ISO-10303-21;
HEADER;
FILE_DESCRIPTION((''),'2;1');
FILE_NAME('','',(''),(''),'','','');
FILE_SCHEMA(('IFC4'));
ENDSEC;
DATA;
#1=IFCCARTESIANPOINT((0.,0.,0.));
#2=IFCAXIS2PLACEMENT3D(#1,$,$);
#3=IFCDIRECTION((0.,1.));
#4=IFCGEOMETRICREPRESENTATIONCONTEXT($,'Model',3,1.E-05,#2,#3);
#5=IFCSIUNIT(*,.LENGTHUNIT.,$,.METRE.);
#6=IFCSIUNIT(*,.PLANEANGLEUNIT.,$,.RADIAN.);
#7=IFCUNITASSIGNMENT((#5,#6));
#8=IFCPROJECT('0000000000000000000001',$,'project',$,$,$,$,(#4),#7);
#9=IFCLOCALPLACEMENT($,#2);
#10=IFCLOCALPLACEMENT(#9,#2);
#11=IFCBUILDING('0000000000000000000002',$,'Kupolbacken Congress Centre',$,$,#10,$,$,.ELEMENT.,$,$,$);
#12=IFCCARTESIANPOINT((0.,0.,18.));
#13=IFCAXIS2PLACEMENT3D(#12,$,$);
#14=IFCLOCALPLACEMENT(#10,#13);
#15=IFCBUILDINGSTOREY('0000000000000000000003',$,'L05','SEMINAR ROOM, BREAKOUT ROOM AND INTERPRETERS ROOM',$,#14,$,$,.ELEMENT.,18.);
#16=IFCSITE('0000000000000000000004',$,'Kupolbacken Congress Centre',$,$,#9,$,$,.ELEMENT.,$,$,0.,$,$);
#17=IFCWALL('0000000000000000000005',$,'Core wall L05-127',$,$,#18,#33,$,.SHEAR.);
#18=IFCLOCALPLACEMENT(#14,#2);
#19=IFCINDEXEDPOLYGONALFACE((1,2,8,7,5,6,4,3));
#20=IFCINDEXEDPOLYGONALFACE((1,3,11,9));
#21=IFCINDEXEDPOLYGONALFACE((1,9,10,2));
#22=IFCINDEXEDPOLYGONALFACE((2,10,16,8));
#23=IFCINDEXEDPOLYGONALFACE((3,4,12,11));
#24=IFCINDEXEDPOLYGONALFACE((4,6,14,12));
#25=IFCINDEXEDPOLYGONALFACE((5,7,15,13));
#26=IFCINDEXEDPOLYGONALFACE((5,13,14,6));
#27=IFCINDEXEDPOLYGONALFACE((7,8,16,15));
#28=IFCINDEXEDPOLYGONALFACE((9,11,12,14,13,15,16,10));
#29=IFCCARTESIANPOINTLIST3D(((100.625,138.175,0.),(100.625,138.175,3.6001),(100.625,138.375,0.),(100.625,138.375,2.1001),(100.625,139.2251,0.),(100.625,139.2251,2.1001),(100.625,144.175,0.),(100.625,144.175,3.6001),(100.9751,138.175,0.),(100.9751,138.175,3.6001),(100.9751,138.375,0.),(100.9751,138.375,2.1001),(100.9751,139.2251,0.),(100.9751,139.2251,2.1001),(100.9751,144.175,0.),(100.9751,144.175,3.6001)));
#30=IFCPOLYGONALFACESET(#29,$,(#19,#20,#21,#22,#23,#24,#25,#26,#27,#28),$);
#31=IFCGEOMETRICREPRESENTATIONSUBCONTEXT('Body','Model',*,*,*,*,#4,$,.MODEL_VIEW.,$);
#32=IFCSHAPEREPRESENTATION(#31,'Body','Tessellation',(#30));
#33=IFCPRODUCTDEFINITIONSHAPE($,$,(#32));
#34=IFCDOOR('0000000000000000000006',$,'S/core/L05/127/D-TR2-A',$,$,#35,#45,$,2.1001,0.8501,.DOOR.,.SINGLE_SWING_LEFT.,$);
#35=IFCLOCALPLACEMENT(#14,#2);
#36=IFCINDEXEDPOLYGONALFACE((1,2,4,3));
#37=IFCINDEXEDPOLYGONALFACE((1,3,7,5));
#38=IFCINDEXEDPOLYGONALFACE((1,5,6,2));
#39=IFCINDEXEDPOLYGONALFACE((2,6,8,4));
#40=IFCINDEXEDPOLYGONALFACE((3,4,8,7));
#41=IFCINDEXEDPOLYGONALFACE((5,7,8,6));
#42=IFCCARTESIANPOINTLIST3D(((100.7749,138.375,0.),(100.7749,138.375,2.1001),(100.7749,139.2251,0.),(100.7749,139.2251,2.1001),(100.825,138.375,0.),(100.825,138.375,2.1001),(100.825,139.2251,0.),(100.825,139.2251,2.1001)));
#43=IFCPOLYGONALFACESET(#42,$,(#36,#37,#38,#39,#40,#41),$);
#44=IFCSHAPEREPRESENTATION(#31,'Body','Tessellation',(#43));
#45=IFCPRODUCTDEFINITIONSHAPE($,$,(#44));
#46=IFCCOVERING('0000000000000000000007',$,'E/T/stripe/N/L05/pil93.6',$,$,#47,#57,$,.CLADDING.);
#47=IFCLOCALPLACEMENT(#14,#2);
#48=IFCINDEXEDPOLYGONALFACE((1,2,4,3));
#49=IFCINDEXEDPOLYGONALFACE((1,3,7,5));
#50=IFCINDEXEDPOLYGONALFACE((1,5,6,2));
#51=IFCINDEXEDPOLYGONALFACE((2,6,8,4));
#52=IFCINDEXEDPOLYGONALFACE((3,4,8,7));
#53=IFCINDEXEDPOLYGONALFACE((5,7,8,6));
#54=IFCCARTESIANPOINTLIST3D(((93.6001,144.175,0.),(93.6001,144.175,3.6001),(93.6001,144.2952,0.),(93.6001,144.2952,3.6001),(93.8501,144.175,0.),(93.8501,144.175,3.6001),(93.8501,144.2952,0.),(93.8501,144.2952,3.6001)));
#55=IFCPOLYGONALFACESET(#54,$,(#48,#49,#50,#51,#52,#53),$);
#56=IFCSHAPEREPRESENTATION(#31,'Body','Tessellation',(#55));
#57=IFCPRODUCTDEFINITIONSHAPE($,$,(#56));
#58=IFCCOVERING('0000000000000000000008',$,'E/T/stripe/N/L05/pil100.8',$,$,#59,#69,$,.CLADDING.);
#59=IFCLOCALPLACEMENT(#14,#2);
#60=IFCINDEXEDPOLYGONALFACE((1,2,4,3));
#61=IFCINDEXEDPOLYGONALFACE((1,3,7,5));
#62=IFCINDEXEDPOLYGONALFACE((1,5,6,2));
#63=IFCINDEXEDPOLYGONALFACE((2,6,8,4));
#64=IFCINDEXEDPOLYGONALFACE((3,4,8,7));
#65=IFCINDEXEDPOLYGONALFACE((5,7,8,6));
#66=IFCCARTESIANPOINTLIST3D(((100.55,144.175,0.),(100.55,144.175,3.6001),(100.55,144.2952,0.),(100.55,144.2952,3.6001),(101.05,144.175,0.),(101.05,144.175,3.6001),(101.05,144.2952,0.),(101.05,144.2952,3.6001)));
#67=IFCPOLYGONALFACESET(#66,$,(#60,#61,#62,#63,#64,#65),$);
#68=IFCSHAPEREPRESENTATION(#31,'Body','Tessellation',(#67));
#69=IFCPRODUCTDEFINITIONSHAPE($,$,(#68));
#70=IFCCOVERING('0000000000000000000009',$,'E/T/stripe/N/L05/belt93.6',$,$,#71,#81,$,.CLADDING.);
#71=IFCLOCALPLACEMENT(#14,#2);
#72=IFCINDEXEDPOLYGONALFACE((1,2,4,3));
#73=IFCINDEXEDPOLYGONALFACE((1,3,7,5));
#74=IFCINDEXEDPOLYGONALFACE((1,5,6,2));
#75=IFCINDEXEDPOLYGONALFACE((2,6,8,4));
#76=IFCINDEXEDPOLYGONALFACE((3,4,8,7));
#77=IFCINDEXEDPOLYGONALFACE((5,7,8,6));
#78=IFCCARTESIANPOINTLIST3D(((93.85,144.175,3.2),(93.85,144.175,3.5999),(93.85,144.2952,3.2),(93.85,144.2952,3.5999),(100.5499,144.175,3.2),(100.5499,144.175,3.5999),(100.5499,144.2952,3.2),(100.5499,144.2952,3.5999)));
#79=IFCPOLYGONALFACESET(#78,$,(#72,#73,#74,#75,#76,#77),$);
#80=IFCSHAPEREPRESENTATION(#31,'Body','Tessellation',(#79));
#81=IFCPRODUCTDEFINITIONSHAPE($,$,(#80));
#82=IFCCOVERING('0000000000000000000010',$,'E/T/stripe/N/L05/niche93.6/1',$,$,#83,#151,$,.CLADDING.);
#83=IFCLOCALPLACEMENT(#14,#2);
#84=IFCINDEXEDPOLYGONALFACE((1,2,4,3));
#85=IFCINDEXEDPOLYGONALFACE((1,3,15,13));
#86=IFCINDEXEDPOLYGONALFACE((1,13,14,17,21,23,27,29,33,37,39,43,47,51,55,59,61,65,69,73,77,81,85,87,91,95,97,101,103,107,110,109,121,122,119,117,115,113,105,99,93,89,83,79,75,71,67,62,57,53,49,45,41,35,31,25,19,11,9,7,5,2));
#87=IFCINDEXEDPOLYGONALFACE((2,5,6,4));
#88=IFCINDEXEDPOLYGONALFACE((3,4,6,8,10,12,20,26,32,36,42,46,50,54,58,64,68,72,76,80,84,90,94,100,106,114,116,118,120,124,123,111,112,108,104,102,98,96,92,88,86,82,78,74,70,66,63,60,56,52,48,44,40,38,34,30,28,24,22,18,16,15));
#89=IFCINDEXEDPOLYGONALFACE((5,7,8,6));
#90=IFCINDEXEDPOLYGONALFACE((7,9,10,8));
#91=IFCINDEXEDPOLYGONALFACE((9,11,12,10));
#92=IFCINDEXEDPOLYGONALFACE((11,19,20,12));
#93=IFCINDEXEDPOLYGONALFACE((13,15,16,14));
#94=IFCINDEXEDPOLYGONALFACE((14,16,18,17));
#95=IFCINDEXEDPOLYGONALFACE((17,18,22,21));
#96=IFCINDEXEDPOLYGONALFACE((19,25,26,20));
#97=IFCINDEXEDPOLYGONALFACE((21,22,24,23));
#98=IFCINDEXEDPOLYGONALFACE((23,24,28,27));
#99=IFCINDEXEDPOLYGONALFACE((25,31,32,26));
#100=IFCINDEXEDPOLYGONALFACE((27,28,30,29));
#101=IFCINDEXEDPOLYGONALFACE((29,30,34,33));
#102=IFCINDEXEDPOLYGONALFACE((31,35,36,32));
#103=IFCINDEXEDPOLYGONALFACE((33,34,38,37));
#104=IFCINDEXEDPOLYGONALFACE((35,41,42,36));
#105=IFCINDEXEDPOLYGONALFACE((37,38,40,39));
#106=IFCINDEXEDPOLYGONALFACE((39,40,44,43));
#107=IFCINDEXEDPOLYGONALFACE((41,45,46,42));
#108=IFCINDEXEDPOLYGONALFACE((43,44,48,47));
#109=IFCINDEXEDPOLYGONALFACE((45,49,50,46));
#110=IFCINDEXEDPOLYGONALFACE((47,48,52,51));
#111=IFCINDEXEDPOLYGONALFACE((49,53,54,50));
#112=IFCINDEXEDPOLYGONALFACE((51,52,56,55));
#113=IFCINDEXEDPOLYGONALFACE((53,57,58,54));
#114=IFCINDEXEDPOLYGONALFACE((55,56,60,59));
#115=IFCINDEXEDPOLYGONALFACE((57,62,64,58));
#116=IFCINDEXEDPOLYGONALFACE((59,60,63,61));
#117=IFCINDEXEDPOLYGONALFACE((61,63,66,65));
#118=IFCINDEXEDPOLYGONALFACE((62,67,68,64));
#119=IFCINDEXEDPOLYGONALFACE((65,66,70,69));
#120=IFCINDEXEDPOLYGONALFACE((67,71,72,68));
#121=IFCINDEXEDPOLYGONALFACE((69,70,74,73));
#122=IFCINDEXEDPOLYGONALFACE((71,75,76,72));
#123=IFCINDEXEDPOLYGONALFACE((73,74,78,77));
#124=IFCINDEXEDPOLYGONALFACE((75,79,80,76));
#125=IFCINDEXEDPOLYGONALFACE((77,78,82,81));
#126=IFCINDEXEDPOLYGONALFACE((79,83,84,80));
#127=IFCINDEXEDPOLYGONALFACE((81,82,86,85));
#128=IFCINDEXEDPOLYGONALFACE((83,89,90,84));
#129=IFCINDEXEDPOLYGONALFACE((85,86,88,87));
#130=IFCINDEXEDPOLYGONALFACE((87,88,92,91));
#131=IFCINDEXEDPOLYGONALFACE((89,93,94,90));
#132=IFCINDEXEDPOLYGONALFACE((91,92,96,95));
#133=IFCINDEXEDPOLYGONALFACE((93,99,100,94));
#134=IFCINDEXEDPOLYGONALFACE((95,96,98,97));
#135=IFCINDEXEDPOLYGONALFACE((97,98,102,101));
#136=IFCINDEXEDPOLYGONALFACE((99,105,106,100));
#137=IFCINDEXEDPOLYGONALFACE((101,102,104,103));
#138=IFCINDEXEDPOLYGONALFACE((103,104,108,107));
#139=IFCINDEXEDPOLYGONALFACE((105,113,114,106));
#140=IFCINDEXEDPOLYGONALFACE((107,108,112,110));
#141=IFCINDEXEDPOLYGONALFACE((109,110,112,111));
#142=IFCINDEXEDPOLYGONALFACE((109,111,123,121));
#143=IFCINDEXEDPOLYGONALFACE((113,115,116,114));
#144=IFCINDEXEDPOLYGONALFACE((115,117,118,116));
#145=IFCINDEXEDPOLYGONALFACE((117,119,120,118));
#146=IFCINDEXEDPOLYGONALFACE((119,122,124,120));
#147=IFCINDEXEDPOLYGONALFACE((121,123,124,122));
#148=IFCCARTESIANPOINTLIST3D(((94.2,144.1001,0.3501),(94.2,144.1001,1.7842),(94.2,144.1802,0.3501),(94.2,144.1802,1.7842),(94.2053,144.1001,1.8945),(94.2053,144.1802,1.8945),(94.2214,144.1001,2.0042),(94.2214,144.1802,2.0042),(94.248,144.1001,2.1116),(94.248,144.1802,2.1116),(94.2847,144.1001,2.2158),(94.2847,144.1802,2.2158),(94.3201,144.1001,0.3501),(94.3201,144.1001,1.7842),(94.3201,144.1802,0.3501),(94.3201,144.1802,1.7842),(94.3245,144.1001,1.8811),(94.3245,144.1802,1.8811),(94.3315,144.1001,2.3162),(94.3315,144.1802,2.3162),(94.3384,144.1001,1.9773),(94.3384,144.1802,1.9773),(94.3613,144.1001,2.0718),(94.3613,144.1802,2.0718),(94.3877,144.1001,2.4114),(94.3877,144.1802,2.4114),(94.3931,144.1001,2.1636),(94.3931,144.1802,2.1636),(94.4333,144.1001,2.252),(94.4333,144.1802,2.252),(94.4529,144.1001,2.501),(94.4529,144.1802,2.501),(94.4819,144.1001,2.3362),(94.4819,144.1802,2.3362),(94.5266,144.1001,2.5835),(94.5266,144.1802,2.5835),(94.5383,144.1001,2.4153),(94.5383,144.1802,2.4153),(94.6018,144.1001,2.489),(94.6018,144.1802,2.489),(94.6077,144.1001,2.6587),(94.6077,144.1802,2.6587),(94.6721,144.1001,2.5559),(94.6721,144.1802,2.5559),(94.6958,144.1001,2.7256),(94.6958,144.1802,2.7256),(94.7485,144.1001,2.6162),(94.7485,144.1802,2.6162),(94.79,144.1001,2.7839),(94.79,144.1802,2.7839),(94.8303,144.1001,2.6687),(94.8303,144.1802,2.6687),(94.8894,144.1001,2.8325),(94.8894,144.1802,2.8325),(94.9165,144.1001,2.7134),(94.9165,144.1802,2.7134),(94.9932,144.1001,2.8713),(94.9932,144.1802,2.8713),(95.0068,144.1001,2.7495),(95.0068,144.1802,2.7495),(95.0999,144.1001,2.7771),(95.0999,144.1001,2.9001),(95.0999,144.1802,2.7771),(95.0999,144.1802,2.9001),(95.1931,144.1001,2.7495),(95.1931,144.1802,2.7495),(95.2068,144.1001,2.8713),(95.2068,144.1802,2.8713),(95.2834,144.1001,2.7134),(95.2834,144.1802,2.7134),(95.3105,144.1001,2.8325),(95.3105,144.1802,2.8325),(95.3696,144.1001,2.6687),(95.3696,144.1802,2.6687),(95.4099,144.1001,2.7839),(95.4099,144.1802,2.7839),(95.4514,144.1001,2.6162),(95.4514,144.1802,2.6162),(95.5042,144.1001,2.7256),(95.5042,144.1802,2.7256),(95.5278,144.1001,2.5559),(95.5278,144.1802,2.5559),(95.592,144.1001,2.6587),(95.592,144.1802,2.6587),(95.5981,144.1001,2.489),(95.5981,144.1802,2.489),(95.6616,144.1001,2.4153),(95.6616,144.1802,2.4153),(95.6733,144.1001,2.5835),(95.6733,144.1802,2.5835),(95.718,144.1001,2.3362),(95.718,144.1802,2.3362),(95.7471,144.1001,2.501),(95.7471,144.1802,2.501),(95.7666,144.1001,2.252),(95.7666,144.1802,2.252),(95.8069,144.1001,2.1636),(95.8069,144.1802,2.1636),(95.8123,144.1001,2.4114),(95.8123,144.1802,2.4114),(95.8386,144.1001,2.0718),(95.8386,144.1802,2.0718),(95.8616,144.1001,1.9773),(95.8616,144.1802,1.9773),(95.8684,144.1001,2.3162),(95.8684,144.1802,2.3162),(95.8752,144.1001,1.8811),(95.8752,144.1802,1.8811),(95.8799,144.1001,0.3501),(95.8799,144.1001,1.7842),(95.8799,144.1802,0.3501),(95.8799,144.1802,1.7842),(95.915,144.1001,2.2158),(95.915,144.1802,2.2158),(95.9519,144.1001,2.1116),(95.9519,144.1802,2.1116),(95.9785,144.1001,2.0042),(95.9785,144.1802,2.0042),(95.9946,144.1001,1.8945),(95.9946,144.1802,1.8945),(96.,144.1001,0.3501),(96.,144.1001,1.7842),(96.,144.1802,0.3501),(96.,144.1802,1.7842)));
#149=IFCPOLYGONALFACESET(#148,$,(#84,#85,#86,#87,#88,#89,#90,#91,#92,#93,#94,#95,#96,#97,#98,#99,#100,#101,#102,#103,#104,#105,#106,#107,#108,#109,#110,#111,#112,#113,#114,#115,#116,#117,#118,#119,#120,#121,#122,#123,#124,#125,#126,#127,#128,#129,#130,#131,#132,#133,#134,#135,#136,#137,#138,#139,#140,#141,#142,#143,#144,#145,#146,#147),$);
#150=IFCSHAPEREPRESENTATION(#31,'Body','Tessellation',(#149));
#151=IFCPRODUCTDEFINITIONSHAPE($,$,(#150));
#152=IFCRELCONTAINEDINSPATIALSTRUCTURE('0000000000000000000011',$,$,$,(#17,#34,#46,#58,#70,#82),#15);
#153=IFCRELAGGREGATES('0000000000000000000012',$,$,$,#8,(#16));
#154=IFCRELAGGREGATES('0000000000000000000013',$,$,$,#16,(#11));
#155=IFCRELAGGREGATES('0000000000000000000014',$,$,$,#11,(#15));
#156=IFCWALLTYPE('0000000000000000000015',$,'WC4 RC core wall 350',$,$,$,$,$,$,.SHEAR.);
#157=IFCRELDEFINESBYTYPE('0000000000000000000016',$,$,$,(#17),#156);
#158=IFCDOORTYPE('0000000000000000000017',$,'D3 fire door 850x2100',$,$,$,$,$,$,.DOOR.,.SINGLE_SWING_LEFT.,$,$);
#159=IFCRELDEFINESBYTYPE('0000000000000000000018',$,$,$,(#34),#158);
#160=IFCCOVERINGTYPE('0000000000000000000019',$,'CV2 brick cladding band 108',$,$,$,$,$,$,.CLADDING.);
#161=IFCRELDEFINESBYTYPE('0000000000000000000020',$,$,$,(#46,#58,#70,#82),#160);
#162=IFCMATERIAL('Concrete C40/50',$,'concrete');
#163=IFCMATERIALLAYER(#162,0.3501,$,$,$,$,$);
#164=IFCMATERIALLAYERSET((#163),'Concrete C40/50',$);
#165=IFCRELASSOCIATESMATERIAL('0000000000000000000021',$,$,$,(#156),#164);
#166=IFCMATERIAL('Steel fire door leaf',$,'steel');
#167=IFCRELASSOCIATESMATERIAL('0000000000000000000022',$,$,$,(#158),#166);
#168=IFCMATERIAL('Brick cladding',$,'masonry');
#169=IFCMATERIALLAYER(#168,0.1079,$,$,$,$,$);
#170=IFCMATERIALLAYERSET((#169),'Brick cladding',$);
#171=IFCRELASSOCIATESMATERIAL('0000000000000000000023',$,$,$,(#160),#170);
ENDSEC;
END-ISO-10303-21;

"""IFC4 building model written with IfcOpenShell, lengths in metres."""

from ifc_helpers import new_model, si_unit, direction, frame, frame_2d, origin, origin_2d, place, context, subcontext, project, spatial, polyline, rectangle, outline, extrude, material, layer, layer_set, type_object, element, fill, save


model = new_model("IFC4")

# Units and contexts
model_context = context("Model", 3, precision=1e-05, world=origin(), true_north=direction((0.0, 1.0)))
body_context = subcontext(model_context, "Body", "Model", "MODEL_VIEW")
ifc_project = project(units=[si_unit("LENGTHUNIT", "METRE"), si_unit("PLANEANGLEUNIT", "RADIAN")], contexts=[model_context])

# Site, building, storey
site_placement = place(None, origin())
site = spatial("IfcSite", under=ifc_project, at=site_placement, Name="Kupolbacken Congress Centre", CompositionType="ELEMENT", RefElevation=0.0)
building_placement = place(site_placement, origin())
building = spatial("IfcBuilding", under=site, at=building_placement, Name="Kupolbacken Congress Centre", CompositionType="ELEMENT")
storey_placement = place(building_placement, frame((0.0, 0.0, 18.0)))
storey = spatial("IfcBuildingStorey", under=building, at=storey_placement, Name="L05", Description="SEMINAR ROOM, BREAKOUT ROOM AND INTERPRETERS ROOM", CompositionType="ELEMENT", Elevation=18.0)

# Wall, opening, door
ifc_material_1 = material(Name="Concrete C40/50", Category="concrete")
ifc_layer_1 = layer(ifc_material_1, 0.3501)
ifc_layer_set_1 = layer_set([ifc_layer_1], Name="Concrete C40/50")
wall_type_1 = type_object("IfcWallType", Name="WC4 RC core wall 350", PredefinedType="SHEAR", material=ifc_layer_set_1)
wall_1_placement = place(storey_placement, frame((100.8, 144.175, 0.0), z_axis=(0.0, 0.0, 1.0), x_axis=(0.0, -1.0, 0.0)))
wall_1 = element("IfcWall", 1, at=wall_1_placement, inside=storey, type_object=wall_type_1, Name="Core wall L05-127", PredefinedType="SHEAR", context=body_context, shape_type="SweptSolid", body=[
    extrude(rectangle(XDim=6.0, YDim=0.3501, at=frame_2d((3.0, 0.0))), origin(), (0.0, 0.0, 1.0), 3.6001),
])
opening_1_placement = place(wall_1_placement, frame((4.95, 0.0, 0.0)))
opening_1 = element("IfcOpeningElement", 2, at=opening_1_placement, cuts=wall_1, PredefinedType="OPENING", context=body_context, shape_type="SweptSolid", body=[
    extrude(rectangle(XDim=0.8501, YDim=2.1001, at=frame_2d((0.425, 1.05))), frame((0.0, 0.1851, 0.0), z_axis=(0.0, -1.0, 0.0), x_axis=(1.0, 0.0, 0.0)), (0.0, 0.0, 1.0), 0.3701),
])
ifc_material_2 = material(Name="Steel fire door leaf", Category="steel")
door_type_1 = type_object("IfcDoorType", Name="D3 fire door 850x2100", OperationType="SINGLE_SWING_LEFT", PredefinedType="DOOR", material=ifc_material_2)
door_1_placement = place(opening_1_placement, origin())
door_1 = element("IfcDoor", 3, at=door_1_placement, inside=storey, type_object=door_type_1, Name="S/core/L05/127/D-TR2-A", OperationType="SINGLE_SWING_LEFT", OverallHeight=2.1001, OverallWidth=0.8501, PredefinedType="DOOR", context=body_context, shape_type="SweptSolid", body=[
    extrude(rectangle(XDim=0.8501, YDim=2.1001, at=frame_2d((0.425, 1.05))), frame((0.0, 0.0249, 0.0), z_axis=(0.0, -1.0, 0.0), x_axis=(1.0, 0.0, 0.0)), (0.0, 0.0, 1.0), 0.05),
])
fill(opening_1, door_1)

# Coverings
ifc_material_3 = material(Name="Brick cladding", Category="masonry")
ifc_layer_2 = layer(ifc_material_3, 0.1079)
ifc_layer_set_2 = layer_set([ifc_layer_2], Name="Brick cladding")
covering_type = type_object("IfcCoveringType", Name="CV2 brick cladding band 108", PredefinedType="CLADDING", material=ifc_layer_set_2)
covering_1_placement = place(storey_placement, frame((93.7251, 144.2351, 0.0), z_axis=(0.0, 0.0, 1.0), x_axis=(1.0, 0.0, 0.0)))
element("IfcCovering", 4, at=covering_1_placement, inside=storey, type_object=covering_type, Name="E/T/stripe/N/L05/pil93.6", PredefinedType="CLADDING", context=body_context, shape_type="SweptSolid", body=[
    extrude(rectangle(XDim=0.25, YDim=0.1201, at=origin_2d()), origin(), (0.0, 0.0, 1.0), 3.6001),
])
covering_2_placement = place(storey_placement, frame((100.8, 144.2351, 0.0), z_axis=(0.0, 0.0, 1.0), x_axis=(1.0, 0.0, 0.0)))
element("IfcCovering", 5, at=covering_2_placement, inside=storey, type_object=covering_type, Name="E/T/stripe/N/L05/pil100.8", PredefinedType="CLADDING", context=body_context, shape_type="SweptSolid", body=[
    extrude(rectangle(XDim=0.5, YDim=0.1201, at=origin_2d()), origin(), (0.0, 0.0, 1.0), 3.6001),
])
covering_3_placement = place(storey_placement, frame((97.2, 144.2351, 3.2), z_axis=(0.0, 0.0, 1.0), x_axis=(1.0, 0.0, 0.0)))
element("IfcCovering", 6, at=covering_3_placement, inside=storey, type_object=covering_type, Name="E/T/stripe/N/L05/belt93.6", PredefinedType="CLADDING", context=body_context, shape_type="SweptSolid", body=[
    extrude(rectangle(XDim=6.7, YDim=0.1201, at=origin_2d()), origin(), (0.0, 0.0, 1.0), 0.3999),
])
covering_4_placement = place(storey_placement, frame((94.2, 144.1001, 0.3501), z_axis=(0.0, 1.0, 0.0), x_axis=(-1.0, 0.0, 0.0)))
element("IfcCovering", 7, at=covering_4_placement, inside=storey, type_object=covering_type, Name="E/T/stripe/N/L05/niche93.6/1", PredefinedType="CLADDING", context=body_context, shape_type="SweptSolid", body=[
    extrude(outline(polyline([(0.0, 0.0), (0.0, 1.4341), (-0.0054, 1.5444), (-0.0215, 1.6541), (-0.0481, 1.7615), (-0.0847, 1.8657), (-0.1316, 1.9661), (-0.1877, 2.0613), (-0.2529, 2.1509), (-0.3267, 2.2334), (-0.4077, 2.3086), (-0.4958, 2.3755), (-0.5901, 2.4338), (-0.6895, 2.4824), (-0.7932, 2.5212), (-0.8999, 2.55), (-1.0068, 2.5212), (-1.1106, 2.4824), (-1.21, 2.4338), (-1.3042, 2.3755), (-1.3921, 2.3086), (-1.4734, 2.2334), (-1.5471, 2.1509), (-1.6123, 2.0613), (-1.6685, 1.9661), (-1.7151, 1.8657), (-1.752, 1.7615), (-1.7786, 1.6541), (-1.7947, 1.5444), (-1.8, 1.4341), (-1.8, 0.0), (-1.6799, 0.0), (-1.6799, 1.4341), (-1.6753, 1.531), (-1.6616, 1.6272), (-1.6387, 1.7217), (-1.6069, 1.8135), (-1.5667, 1.9019), (-1.5181, 1.9861), (-1.4617, 2.0652), (-1.3982, 2.1389), (-1.3279, 2.2058), (-1.2515, 2.2661), (-1.1697, 2.3186), (-1.0835, 2.3633), (-0.9932, 2.3994), (-0.8999, 2.427), (-0.8069, 2.3994), (-0.7166, 2.3633), (-0.6304, 2.3186), (-0.5486, 2.2661), (-0.4722, 2.2058), (-0.4019, 2.1389), (-0.3384, 2.0652), (-0.282, 1.9861), (-0.2334, 1.9019), (-0.1931, 1.8135), (-0.1614, 1.7217), (-0.1384, 1.6272), (-0.1245, 1.531), (-0.1201, 1.4341), (-0.1201, 0.0), (0.0, 0.0)])), origin(), (0.0, 0.0, 1.0), 0.0801),
])

save(model, "model.ifc")
